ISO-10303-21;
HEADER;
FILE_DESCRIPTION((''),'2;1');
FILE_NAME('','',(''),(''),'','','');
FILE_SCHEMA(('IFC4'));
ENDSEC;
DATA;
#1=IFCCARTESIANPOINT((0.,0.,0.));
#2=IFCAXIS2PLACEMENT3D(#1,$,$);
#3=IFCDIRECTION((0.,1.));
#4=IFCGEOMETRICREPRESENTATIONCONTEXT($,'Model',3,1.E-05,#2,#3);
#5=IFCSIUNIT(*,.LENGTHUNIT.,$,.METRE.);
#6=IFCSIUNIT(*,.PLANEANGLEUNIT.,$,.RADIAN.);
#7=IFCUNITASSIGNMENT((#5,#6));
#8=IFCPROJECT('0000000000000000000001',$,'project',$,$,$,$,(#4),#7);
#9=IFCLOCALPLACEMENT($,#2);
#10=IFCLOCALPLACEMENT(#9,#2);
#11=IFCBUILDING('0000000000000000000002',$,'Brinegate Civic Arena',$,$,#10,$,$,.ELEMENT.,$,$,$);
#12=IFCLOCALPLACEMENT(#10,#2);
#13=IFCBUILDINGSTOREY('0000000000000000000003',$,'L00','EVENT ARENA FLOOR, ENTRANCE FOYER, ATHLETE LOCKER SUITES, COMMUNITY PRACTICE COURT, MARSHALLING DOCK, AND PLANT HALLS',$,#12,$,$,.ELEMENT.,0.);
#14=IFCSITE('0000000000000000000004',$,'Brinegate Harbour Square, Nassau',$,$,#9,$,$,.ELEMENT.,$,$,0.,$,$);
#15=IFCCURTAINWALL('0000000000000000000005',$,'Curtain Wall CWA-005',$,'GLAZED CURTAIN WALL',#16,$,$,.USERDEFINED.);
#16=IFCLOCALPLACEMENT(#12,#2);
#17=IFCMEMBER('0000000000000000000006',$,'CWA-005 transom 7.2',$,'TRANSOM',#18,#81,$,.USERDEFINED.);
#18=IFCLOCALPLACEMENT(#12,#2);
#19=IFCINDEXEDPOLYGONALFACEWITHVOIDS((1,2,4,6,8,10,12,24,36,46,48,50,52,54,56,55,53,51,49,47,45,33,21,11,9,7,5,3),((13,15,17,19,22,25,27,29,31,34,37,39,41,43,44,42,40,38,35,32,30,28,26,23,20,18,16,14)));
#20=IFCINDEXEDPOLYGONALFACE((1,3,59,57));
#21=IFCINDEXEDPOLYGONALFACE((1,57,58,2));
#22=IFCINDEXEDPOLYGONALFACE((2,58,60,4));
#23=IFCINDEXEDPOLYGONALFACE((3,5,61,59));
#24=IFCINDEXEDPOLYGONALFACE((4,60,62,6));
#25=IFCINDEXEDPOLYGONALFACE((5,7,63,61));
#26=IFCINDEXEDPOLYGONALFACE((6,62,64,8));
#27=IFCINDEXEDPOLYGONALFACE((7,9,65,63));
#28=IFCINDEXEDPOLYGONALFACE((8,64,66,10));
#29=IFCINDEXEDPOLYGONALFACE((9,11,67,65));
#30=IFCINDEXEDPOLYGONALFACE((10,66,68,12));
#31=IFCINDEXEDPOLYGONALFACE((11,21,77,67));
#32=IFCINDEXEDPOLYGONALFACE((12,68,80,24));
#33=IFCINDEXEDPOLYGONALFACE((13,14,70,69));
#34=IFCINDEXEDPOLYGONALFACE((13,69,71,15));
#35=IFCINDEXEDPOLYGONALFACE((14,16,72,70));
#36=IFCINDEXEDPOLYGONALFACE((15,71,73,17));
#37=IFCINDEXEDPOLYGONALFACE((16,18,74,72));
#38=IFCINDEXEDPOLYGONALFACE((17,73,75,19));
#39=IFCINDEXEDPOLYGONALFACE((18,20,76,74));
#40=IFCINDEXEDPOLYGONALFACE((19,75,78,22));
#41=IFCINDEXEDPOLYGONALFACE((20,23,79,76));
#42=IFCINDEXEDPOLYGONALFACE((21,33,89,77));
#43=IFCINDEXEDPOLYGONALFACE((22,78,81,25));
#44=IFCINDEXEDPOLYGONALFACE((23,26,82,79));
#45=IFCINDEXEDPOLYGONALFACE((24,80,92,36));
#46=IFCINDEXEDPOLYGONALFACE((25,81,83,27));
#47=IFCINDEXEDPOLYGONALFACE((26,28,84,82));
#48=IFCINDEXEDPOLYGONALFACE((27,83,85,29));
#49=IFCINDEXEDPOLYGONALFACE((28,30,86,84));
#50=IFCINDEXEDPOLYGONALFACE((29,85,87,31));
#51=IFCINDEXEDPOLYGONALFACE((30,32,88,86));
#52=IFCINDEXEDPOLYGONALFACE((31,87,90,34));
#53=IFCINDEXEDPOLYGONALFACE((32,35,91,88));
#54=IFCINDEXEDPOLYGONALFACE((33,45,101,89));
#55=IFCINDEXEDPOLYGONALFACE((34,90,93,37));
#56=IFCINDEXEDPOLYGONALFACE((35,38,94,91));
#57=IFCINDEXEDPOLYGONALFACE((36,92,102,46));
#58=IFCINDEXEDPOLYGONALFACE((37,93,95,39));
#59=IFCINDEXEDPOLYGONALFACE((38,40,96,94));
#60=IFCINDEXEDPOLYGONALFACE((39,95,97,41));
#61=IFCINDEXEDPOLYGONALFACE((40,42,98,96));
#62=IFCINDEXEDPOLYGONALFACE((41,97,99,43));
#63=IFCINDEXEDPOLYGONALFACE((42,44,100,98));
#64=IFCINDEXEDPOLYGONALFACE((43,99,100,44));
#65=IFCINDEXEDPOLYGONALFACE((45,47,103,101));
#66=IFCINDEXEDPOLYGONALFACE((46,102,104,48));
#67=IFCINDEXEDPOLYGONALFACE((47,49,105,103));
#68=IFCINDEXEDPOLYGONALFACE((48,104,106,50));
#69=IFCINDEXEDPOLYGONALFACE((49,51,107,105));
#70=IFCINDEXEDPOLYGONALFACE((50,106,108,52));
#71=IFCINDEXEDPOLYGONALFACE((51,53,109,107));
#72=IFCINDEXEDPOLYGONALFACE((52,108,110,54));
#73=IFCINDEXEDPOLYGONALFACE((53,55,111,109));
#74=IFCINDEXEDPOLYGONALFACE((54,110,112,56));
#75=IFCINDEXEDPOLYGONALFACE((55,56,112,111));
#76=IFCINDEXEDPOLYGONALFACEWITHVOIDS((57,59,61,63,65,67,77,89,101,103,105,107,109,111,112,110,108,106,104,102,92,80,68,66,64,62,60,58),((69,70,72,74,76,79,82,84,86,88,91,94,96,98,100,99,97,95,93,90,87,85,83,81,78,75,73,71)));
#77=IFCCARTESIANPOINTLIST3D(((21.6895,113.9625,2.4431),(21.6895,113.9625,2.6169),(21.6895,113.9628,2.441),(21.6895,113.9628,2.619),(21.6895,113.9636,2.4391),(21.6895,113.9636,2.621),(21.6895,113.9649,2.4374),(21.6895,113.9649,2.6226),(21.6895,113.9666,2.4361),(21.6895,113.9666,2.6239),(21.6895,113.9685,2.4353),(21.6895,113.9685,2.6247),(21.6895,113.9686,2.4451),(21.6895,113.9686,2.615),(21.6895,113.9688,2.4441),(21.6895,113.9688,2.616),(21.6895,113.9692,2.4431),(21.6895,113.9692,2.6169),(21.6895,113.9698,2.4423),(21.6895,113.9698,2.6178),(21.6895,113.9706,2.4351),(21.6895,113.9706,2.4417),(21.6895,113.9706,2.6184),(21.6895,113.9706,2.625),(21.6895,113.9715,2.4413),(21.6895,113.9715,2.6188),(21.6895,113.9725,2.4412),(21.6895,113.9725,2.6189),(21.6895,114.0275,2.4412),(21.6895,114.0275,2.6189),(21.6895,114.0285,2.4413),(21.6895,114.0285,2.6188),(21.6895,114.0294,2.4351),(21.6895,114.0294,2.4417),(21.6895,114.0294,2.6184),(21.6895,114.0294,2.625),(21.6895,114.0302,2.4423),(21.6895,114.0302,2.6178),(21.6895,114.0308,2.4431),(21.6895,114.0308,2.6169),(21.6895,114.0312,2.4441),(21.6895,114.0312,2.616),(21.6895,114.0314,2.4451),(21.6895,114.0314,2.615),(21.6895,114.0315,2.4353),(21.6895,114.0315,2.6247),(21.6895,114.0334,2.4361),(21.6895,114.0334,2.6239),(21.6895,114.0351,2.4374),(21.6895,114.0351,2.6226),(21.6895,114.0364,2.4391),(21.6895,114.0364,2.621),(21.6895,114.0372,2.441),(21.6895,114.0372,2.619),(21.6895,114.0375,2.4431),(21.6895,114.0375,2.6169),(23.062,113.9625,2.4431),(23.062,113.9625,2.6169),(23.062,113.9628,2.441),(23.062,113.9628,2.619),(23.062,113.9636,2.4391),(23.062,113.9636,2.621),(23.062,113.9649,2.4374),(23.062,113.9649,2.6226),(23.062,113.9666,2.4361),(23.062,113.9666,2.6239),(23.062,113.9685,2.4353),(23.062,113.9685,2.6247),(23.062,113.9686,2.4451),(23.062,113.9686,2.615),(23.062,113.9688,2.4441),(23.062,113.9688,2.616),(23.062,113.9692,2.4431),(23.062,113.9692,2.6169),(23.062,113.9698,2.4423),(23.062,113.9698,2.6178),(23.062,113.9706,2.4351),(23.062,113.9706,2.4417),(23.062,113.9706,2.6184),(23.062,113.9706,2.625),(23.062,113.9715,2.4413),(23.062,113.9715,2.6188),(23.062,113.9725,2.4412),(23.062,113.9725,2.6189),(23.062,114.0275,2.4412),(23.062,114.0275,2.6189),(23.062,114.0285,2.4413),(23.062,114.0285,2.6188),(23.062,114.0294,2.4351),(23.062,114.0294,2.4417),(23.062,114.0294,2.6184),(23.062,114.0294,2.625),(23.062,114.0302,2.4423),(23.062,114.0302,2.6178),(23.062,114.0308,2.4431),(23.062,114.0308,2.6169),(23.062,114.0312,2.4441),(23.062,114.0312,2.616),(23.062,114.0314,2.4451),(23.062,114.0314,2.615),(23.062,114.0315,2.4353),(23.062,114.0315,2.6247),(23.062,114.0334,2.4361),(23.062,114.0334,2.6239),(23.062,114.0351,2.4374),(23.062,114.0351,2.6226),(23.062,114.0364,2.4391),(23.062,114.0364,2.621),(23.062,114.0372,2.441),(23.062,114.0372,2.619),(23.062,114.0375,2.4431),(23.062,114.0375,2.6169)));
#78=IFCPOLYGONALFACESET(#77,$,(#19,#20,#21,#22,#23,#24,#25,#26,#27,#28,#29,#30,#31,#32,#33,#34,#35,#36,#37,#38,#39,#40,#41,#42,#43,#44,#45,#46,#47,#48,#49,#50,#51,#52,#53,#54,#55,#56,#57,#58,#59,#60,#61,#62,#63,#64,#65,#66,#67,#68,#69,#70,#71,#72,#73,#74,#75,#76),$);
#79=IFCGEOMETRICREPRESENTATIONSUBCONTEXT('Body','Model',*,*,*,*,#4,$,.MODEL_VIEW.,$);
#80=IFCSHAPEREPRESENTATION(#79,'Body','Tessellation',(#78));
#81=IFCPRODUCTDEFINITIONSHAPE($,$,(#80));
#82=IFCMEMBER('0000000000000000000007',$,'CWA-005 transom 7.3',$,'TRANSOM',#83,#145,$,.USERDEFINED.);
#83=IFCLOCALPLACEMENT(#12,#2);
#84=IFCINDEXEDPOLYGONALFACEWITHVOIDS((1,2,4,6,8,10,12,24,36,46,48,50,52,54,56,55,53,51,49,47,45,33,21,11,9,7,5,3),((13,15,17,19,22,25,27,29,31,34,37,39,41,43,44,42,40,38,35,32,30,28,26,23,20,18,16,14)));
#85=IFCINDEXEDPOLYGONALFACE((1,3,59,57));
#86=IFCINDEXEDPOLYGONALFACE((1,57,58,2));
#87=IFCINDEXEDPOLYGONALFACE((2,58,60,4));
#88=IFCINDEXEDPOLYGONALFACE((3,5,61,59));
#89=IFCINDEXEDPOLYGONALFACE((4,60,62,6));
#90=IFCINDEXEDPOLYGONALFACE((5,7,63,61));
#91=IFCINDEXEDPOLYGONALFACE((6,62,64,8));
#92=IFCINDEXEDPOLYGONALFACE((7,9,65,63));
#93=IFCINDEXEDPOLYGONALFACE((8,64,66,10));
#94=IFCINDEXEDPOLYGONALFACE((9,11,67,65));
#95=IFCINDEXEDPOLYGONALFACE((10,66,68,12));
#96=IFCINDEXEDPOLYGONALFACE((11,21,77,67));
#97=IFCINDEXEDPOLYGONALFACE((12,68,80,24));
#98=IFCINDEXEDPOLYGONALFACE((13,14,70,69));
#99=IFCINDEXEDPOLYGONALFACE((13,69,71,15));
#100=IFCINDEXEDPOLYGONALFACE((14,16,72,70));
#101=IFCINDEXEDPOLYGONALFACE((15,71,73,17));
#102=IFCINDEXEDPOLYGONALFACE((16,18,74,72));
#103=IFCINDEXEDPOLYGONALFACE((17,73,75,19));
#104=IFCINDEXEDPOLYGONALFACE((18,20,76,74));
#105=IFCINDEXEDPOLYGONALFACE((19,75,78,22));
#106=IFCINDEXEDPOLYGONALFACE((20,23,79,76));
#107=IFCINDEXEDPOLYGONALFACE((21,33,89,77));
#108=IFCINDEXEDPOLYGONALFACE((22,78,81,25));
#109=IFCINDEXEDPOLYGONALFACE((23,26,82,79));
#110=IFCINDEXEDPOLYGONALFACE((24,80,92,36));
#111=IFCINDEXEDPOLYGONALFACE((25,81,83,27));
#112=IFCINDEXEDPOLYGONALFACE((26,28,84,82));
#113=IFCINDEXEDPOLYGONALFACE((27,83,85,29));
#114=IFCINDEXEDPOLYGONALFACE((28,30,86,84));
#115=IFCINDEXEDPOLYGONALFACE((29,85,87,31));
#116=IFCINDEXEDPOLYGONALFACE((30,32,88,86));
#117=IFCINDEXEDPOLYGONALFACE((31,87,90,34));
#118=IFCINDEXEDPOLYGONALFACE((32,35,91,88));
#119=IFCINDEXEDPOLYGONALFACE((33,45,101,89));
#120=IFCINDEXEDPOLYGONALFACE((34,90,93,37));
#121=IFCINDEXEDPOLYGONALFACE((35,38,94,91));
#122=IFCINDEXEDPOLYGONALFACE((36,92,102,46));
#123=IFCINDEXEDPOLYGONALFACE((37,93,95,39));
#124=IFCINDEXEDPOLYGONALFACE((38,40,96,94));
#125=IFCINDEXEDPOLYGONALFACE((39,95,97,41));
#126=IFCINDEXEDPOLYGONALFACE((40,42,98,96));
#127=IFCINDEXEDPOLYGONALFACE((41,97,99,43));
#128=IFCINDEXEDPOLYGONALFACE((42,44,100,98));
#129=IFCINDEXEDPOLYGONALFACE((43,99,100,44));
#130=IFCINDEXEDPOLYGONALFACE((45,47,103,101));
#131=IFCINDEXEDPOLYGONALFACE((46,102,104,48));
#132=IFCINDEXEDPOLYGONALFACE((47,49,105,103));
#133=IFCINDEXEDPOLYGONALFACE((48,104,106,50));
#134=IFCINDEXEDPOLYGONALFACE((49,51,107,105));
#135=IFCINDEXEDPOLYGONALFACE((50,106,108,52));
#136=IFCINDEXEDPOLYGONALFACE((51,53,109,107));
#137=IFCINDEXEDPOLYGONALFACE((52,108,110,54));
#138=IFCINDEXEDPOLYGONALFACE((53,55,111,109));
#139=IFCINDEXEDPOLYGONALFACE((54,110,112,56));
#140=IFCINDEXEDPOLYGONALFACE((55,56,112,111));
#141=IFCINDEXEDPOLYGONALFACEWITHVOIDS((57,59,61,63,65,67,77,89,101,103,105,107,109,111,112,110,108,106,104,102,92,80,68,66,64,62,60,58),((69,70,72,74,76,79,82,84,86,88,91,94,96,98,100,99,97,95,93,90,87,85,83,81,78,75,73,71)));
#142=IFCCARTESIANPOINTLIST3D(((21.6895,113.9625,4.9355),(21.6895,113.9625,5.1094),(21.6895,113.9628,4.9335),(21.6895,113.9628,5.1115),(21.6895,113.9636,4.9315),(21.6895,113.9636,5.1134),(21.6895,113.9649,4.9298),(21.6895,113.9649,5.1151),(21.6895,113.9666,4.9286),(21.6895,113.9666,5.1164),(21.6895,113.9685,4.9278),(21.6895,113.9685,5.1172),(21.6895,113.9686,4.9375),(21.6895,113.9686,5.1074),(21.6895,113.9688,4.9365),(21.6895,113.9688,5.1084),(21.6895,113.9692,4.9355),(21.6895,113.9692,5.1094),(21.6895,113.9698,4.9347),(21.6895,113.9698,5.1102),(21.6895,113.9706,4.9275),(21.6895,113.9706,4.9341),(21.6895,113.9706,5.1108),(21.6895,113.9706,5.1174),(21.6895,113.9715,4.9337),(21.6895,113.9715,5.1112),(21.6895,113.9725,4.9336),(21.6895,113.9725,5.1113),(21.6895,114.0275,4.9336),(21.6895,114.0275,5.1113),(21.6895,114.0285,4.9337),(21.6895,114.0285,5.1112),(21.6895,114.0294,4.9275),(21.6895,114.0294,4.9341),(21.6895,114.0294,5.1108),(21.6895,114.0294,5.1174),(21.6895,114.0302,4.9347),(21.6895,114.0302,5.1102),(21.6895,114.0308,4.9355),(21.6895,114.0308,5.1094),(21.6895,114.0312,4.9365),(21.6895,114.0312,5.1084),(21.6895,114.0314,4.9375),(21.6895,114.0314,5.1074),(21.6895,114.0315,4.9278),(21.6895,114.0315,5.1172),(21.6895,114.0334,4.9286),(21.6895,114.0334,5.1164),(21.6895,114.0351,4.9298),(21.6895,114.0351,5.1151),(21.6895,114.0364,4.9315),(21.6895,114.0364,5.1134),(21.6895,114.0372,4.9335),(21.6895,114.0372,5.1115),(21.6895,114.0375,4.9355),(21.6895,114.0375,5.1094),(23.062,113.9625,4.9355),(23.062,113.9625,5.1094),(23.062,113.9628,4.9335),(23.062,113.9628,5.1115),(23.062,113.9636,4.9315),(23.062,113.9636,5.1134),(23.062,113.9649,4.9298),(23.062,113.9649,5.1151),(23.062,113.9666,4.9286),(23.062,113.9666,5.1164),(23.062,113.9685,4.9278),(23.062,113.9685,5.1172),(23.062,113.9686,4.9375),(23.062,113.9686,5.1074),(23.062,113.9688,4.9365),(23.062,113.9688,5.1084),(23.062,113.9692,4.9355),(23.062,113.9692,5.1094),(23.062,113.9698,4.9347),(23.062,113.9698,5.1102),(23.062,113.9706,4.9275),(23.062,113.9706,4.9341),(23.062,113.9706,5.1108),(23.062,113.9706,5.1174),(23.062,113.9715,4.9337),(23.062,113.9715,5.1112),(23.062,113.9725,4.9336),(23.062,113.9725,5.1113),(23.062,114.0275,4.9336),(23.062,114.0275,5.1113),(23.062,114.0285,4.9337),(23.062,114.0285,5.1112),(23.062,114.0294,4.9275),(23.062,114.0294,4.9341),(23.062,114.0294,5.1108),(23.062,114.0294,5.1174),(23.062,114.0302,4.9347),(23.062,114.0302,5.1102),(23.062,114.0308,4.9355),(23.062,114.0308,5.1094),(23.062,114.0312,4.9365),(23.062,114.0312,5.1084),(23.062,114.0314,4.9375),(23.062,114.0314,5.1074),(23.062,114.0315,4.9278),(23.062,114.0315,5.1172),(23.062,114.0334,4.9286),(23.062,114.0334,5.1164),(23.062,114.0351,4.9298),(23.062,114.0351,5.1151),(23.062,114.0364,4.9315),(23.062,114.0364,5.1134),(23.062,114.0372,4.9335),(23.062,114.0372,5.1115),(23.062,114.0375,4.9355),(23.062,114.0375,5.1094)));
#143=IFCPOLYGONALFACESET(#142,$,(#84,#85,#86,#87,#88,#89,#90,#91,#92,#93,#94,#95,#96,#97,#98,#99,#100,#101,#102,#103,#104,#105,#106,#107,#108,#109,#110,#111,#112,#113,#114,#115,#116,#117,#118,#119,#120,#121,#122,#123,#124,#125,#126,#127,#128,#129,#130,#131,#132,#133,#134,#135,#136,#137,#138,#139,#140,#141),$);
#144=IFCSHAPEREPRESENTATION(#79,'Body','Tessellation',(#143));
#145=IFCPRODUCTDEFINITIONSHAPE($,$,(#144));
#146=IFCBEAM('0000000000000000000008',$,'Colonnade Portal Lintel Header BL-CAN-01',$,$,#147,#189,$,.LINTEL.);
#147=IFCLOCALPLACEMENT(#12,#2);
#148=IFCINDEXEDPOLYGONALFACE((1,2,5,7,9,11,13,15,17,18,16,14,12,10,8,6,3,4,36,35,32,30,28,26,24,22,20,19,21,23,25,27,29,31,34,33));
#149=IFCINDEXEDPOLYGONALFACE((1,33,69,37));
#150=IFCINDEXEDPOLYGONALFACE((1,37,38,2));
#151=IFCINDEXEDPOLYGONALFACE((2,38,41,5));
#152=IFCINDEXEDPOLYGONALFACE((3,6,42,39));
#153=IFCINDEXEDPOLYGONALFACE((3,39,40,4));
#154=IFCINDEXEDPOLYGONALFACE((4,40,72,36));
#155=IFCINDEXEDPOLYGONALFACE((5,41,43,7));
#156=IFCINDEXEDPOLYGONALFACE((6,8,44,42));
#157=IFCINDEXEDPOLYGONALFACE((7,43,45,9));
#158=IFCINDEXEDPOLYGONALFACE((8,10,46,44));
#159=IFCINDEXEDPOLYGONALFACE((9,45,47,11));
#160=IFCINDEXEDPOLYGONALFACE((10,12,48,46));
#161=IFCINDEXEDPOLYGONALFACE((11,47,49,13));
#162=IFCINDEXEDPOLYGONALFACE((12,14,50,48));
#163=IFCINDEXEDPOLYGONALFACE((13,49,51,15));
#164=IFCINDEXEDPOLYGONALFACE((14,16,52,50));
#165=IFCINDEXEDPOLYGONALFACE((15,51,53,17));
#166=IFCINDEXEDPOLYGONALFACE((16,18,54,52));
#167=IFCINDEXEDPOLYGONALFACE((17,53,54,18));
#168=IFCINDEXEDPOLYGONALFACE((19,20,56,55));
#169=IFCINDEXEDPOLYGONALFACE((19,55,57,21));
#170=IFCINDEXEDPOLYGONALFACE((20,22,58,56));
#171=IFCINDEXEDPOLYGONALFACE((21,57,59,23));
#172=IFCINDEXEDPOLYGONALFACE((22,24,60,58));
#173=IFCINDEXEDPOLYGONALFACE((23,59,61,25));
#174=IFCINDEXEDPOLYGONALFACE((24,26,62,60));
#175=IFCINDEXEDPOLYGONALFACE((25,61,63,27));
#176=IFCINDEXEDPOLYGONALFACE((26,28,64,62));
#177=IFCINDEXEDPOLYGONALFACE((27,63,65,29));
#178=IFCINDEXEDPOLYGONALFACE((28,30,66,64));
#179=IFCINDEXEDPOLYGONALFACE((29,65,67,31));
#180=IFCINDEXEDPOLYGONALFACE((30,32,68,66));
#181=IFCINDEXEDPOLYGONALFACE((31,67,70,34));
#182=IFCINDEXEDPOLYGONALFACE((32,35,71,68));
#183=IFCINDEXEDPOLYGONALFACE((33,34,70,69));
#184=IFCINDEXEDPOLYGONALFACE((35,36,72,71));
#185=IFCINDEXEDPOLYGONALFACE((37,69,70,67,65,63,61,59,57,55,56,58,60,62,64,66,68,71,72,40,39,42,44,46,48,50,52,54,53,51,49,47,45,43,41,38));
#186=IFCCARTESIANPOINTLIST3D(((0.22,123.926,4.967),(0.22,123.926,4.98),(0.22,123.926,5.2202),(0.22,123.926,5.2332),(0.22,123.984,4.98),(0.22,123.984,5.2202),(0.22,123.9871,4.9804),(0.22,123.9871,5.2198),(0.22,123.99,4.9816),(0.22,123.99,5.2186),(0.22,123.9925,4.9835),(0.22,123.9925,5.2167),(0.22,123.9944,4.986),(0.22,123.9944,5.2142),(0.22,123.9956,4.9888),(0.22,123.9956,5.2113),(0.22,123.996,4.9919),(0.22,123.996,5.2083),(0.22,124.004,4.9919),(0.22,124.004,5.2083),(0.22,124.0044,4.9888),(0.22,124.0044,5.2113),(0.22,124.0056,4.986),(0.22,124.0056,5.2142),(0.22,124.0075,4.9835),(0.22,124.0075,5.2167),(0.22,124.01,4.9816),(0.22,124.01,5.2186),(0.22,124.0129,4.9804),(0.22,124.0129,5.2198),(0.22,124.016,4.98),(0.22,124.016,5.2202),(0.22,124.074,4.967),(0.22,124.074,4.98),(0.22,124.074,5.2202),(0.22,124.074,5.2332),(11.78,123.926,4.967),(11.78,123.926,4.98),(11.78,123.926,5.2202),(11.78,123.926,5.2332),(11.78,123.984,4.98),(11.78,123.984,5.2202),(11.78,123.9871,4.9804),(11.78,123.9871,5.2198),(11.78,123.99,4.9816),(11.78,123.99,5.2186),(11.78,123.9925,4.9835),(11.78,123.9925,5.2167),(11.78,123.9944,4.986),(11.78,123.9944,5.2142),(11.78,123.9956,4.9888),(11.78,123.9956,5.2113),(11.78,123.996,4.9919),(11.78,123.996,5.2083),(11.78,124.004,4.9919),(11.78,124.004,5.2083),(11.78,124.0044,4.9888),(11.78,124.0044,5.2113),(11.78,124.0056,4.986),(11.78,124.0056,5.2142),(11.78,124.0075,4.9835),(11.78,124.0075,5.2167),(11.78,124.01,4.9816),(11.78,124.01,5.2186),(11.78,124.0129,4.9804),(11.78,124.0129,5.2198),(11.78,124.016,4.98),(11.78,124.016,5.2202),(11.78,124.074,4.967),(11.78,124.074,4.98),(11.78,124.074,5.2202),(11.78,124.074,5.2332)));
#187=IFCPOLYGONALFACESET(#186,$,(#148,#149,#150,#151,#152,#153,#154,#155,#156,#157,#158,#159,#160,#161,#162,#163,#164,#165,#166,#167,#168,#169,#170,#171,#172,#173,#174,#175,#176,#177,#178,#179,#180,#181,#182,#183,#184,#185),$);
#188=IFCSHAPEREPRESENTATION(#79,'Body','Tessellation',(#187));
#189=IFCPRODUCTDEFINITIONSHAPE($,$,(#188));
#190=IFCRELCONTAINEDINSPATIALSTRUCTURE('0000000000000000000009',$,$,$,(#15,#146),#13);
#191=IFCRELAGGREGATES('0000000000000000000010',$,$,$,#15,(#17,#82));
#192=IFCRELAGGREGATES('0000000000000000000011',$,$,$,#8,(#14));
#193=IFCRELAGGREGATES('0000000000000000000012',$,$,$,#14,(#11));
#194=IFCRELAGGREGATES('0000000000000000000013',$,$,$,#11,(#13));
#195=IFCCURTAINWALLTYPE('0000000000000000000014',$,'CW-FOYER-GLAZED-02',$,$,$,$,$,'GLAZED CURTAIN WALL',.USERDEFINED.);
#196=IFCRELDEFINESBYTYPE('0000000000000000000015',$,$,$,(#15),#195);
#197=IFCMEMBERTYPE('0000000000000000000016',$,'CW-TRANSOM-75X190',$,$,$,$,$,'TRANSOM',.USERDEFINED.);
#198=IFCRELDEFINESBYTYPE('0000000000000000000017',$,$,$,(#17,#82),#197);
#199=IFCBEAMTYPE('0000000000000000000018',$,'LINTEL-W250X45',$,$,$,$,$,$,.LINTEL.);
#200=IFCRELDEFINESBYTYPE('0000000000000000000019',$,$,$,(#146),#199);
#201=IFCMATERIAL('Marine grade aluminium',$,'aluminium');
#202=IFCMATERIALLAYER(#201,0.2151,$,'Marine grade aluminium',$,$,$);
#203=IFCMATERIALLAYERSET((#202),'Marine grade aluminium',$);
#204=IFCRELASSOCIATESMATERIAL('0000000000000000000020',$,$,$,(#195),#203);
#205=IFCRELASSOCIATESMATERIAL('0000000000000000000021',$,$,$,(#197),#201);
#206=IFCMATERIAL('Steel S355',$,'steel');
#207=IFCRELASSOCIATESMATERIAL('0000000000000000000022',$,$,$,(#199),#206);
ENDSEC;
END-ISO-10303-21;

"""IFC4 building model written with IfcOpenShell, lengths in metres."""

from ifc_helpers import new_model, si_unit, direction, frame, origin, origin_2d, place, context, subcontext, project, spatial, hollow_rectangle, i_section, extrude, material, layer, layer_set, material_profile, profile_set, type_object, element, aggregate, save


model = new_model("IFC4")

# Units and contexts
model_context = context("Model", 3, precision=1e-05, world=origin(), true_north=direction((0.0, 1.0)))
body_context = subcontext(model_context, "Body", "Model", "MODEL_VIEW")
ifc_project = project(units=[si_unit("LENGTHUNIT", "METRE"), si_unit("PLANEANGLEUNIT", "RADIAN")], contexts=[model_context])

# Site, building, storey
site_placement = place(None, origin())
site = spatial("IfcSite", under=ifc_project, at=site_placement, Name="Brinegate Harbour Square, Nassau", CompositionType="ELEMENT", RefElevation=0.0)
building_placement = place(site_placement, origin())
building = spatial("IfcBuilding", under=site, at=building_placement, Name="Brinegate Civic Arena", CompositionType="ELEMENT")
storey_placement = place(building_placement, origin())
storey = spatial("IfcBuildingStorey", under=building, at=storey_placement, Name="L00", Description="EVENT ARENA FLOOR, ENTRANCE FOYER, ATHLETE LOCKER SUITES, COMMUNITY PRACTICE COURT, MARSHALLING DOCK, AND PLANT HALLS", CompositionType="ELEMENT", Elevation=0.0)

# Shared definitions
ifc_material_1 = material(Name="Steel S355", Category="steel")

# Curtain wall, members
ifc_material_2 = material(Name="Marine grade aluminium", Category="aluminium")
ifc_layer_1 = layer(ifc_material_2, 0.2151, Name="Marine grade aluminium")
ifc_layer_set_1 = layer_set([ifc_layer_1], Name="Marine grade aluminium")
curtain_wall_type = type_object("IfcCurtainWallType", Name="CW-FOYER-GLAZED-02", ElementType="GLAZED CURTAIN WALL", PredefinedType="USERDEFINED", material=ifc_layer_set_1)
curtain_wall_placement = place(storey_placement, origin())
curtain_wall = element("IfcCurtainWall", 1, at=curtain_wall_placement, inside=storey, type_object=curtain_wall_type, Name="Curtain Wall CWA-005", ObjectType="GLAZED CURTAIN WALL", PredefinedType="USERDEFINED")
ifc_material_profile_1 = material_profile(ifc_material_2, hollow_rectangle(XDim=0.075, YDim=0.1899, WallThickness=0.0061, InnerFilletRadius=0.0039, OuterFilletRadius=0.0081, at=origin_2d()), Name="TRN75X190")
ifc_profile_set_1 = profile_set([ifc_material_profile_1], Name="Marine grade aluminium")
member_type_1 = type_object("IfcMemberType", Name="CW-TRANSOM-75X190", ElementType="TRANSOM", PredefinedType="USERDEFINED", material=ifc_profile_set_1)
member_1_placement = place(storey_placement, frame((21.6895, 114.0, 2.53), z_axis=(1.0, 0.0, 0.0), x_axis=(0.0, 1.0, 0.0)))
member_1 = element("IfcMember", 2, at=member_1_placement, type_object=member_type_1, Name="CWA-005 transom 7.2", ObjectType="TRANSOM", PredefinedType="USERDEFINED", context=body_context, shape_type="SweptSolid", body=[
    extrude(hollow_rectangle(XDim=0.075, YDim=0.1899, WallThickness=0.0061, InnerFilletRadius=0.0039, OuterFilletRadius=0.0081, at=origin_2d()), origin(), (0.0, 0.0, 1.0), 1.3726),
])
member_2_placement = place(storey_placement, frame((21.6895, 114.0, 5.0225), z_axis=(1.0, 0.0, 0.0), x_axis=(0.0, 1.0, 0.0)))
member_2 = element("IfcMember", 3, at=member_2_placement, type_object=member_type_1, Name="CWA-005 transom 7.3", ObjectType="TRANSOM", PredefinedType="USERDEFINED", context=body_context, shape_type="SweptSolid", body=[
    extrude(hollow_rectangle(XDim=0.075, YDim=0.1899, WallThickness=0.0061, InnerFilletRadius=0.0039, OuterFilletRadius=0.0081, at=origin_2d()), origin(), (0.0, 0.0, 1.0), 1.3726),
])

# Beam
ifc_material_profile_2 = material_profile(ifc_material_1, i_section(OverallWidth=0.1479, OverallDepth=0.2661, WebThickness=0.0081, FlangeThickness=0.0129, FilletRadius=0.012, at=origin_2d()), Name="W250X45")
ifc_profile_set_2 = profile_set([ifc_material_profile_2], Name="Steel S355")
beam_type = type_object("IfcBeamType", Name="LINTEL-W250X45", PredefinedType="LINTEL", material=ifc_profile_set_2)
beam_placement = place(storey_placement, frame((0.22, 124.0, 5.1001), z_axis=(1.0, 0.0, 0.0), x_axis=(0.0, 1.0, 0.0)))
element("IfcBeam", 4, at=beam_placement, inside=storey, type_object=beam_type, Name="Colonnade Portal Lintel Header BL-CAN-01", PredefinedType="LINTEL", context=body_context, shape_type="SweptSolid", body=[
    extrude(i_section(OverallWidth=0.1479, OverallDepth=0.2661, WebThickness=0.0081, FlangeThickness=0.0129, FilletRadius=0.012, at=origin_2d()), origin(), (0.0, 0.0, 1.0), 11.5601),
])

aggregate(curtain_wall, [member_1, member_2])

save(model, "model.ifc")
